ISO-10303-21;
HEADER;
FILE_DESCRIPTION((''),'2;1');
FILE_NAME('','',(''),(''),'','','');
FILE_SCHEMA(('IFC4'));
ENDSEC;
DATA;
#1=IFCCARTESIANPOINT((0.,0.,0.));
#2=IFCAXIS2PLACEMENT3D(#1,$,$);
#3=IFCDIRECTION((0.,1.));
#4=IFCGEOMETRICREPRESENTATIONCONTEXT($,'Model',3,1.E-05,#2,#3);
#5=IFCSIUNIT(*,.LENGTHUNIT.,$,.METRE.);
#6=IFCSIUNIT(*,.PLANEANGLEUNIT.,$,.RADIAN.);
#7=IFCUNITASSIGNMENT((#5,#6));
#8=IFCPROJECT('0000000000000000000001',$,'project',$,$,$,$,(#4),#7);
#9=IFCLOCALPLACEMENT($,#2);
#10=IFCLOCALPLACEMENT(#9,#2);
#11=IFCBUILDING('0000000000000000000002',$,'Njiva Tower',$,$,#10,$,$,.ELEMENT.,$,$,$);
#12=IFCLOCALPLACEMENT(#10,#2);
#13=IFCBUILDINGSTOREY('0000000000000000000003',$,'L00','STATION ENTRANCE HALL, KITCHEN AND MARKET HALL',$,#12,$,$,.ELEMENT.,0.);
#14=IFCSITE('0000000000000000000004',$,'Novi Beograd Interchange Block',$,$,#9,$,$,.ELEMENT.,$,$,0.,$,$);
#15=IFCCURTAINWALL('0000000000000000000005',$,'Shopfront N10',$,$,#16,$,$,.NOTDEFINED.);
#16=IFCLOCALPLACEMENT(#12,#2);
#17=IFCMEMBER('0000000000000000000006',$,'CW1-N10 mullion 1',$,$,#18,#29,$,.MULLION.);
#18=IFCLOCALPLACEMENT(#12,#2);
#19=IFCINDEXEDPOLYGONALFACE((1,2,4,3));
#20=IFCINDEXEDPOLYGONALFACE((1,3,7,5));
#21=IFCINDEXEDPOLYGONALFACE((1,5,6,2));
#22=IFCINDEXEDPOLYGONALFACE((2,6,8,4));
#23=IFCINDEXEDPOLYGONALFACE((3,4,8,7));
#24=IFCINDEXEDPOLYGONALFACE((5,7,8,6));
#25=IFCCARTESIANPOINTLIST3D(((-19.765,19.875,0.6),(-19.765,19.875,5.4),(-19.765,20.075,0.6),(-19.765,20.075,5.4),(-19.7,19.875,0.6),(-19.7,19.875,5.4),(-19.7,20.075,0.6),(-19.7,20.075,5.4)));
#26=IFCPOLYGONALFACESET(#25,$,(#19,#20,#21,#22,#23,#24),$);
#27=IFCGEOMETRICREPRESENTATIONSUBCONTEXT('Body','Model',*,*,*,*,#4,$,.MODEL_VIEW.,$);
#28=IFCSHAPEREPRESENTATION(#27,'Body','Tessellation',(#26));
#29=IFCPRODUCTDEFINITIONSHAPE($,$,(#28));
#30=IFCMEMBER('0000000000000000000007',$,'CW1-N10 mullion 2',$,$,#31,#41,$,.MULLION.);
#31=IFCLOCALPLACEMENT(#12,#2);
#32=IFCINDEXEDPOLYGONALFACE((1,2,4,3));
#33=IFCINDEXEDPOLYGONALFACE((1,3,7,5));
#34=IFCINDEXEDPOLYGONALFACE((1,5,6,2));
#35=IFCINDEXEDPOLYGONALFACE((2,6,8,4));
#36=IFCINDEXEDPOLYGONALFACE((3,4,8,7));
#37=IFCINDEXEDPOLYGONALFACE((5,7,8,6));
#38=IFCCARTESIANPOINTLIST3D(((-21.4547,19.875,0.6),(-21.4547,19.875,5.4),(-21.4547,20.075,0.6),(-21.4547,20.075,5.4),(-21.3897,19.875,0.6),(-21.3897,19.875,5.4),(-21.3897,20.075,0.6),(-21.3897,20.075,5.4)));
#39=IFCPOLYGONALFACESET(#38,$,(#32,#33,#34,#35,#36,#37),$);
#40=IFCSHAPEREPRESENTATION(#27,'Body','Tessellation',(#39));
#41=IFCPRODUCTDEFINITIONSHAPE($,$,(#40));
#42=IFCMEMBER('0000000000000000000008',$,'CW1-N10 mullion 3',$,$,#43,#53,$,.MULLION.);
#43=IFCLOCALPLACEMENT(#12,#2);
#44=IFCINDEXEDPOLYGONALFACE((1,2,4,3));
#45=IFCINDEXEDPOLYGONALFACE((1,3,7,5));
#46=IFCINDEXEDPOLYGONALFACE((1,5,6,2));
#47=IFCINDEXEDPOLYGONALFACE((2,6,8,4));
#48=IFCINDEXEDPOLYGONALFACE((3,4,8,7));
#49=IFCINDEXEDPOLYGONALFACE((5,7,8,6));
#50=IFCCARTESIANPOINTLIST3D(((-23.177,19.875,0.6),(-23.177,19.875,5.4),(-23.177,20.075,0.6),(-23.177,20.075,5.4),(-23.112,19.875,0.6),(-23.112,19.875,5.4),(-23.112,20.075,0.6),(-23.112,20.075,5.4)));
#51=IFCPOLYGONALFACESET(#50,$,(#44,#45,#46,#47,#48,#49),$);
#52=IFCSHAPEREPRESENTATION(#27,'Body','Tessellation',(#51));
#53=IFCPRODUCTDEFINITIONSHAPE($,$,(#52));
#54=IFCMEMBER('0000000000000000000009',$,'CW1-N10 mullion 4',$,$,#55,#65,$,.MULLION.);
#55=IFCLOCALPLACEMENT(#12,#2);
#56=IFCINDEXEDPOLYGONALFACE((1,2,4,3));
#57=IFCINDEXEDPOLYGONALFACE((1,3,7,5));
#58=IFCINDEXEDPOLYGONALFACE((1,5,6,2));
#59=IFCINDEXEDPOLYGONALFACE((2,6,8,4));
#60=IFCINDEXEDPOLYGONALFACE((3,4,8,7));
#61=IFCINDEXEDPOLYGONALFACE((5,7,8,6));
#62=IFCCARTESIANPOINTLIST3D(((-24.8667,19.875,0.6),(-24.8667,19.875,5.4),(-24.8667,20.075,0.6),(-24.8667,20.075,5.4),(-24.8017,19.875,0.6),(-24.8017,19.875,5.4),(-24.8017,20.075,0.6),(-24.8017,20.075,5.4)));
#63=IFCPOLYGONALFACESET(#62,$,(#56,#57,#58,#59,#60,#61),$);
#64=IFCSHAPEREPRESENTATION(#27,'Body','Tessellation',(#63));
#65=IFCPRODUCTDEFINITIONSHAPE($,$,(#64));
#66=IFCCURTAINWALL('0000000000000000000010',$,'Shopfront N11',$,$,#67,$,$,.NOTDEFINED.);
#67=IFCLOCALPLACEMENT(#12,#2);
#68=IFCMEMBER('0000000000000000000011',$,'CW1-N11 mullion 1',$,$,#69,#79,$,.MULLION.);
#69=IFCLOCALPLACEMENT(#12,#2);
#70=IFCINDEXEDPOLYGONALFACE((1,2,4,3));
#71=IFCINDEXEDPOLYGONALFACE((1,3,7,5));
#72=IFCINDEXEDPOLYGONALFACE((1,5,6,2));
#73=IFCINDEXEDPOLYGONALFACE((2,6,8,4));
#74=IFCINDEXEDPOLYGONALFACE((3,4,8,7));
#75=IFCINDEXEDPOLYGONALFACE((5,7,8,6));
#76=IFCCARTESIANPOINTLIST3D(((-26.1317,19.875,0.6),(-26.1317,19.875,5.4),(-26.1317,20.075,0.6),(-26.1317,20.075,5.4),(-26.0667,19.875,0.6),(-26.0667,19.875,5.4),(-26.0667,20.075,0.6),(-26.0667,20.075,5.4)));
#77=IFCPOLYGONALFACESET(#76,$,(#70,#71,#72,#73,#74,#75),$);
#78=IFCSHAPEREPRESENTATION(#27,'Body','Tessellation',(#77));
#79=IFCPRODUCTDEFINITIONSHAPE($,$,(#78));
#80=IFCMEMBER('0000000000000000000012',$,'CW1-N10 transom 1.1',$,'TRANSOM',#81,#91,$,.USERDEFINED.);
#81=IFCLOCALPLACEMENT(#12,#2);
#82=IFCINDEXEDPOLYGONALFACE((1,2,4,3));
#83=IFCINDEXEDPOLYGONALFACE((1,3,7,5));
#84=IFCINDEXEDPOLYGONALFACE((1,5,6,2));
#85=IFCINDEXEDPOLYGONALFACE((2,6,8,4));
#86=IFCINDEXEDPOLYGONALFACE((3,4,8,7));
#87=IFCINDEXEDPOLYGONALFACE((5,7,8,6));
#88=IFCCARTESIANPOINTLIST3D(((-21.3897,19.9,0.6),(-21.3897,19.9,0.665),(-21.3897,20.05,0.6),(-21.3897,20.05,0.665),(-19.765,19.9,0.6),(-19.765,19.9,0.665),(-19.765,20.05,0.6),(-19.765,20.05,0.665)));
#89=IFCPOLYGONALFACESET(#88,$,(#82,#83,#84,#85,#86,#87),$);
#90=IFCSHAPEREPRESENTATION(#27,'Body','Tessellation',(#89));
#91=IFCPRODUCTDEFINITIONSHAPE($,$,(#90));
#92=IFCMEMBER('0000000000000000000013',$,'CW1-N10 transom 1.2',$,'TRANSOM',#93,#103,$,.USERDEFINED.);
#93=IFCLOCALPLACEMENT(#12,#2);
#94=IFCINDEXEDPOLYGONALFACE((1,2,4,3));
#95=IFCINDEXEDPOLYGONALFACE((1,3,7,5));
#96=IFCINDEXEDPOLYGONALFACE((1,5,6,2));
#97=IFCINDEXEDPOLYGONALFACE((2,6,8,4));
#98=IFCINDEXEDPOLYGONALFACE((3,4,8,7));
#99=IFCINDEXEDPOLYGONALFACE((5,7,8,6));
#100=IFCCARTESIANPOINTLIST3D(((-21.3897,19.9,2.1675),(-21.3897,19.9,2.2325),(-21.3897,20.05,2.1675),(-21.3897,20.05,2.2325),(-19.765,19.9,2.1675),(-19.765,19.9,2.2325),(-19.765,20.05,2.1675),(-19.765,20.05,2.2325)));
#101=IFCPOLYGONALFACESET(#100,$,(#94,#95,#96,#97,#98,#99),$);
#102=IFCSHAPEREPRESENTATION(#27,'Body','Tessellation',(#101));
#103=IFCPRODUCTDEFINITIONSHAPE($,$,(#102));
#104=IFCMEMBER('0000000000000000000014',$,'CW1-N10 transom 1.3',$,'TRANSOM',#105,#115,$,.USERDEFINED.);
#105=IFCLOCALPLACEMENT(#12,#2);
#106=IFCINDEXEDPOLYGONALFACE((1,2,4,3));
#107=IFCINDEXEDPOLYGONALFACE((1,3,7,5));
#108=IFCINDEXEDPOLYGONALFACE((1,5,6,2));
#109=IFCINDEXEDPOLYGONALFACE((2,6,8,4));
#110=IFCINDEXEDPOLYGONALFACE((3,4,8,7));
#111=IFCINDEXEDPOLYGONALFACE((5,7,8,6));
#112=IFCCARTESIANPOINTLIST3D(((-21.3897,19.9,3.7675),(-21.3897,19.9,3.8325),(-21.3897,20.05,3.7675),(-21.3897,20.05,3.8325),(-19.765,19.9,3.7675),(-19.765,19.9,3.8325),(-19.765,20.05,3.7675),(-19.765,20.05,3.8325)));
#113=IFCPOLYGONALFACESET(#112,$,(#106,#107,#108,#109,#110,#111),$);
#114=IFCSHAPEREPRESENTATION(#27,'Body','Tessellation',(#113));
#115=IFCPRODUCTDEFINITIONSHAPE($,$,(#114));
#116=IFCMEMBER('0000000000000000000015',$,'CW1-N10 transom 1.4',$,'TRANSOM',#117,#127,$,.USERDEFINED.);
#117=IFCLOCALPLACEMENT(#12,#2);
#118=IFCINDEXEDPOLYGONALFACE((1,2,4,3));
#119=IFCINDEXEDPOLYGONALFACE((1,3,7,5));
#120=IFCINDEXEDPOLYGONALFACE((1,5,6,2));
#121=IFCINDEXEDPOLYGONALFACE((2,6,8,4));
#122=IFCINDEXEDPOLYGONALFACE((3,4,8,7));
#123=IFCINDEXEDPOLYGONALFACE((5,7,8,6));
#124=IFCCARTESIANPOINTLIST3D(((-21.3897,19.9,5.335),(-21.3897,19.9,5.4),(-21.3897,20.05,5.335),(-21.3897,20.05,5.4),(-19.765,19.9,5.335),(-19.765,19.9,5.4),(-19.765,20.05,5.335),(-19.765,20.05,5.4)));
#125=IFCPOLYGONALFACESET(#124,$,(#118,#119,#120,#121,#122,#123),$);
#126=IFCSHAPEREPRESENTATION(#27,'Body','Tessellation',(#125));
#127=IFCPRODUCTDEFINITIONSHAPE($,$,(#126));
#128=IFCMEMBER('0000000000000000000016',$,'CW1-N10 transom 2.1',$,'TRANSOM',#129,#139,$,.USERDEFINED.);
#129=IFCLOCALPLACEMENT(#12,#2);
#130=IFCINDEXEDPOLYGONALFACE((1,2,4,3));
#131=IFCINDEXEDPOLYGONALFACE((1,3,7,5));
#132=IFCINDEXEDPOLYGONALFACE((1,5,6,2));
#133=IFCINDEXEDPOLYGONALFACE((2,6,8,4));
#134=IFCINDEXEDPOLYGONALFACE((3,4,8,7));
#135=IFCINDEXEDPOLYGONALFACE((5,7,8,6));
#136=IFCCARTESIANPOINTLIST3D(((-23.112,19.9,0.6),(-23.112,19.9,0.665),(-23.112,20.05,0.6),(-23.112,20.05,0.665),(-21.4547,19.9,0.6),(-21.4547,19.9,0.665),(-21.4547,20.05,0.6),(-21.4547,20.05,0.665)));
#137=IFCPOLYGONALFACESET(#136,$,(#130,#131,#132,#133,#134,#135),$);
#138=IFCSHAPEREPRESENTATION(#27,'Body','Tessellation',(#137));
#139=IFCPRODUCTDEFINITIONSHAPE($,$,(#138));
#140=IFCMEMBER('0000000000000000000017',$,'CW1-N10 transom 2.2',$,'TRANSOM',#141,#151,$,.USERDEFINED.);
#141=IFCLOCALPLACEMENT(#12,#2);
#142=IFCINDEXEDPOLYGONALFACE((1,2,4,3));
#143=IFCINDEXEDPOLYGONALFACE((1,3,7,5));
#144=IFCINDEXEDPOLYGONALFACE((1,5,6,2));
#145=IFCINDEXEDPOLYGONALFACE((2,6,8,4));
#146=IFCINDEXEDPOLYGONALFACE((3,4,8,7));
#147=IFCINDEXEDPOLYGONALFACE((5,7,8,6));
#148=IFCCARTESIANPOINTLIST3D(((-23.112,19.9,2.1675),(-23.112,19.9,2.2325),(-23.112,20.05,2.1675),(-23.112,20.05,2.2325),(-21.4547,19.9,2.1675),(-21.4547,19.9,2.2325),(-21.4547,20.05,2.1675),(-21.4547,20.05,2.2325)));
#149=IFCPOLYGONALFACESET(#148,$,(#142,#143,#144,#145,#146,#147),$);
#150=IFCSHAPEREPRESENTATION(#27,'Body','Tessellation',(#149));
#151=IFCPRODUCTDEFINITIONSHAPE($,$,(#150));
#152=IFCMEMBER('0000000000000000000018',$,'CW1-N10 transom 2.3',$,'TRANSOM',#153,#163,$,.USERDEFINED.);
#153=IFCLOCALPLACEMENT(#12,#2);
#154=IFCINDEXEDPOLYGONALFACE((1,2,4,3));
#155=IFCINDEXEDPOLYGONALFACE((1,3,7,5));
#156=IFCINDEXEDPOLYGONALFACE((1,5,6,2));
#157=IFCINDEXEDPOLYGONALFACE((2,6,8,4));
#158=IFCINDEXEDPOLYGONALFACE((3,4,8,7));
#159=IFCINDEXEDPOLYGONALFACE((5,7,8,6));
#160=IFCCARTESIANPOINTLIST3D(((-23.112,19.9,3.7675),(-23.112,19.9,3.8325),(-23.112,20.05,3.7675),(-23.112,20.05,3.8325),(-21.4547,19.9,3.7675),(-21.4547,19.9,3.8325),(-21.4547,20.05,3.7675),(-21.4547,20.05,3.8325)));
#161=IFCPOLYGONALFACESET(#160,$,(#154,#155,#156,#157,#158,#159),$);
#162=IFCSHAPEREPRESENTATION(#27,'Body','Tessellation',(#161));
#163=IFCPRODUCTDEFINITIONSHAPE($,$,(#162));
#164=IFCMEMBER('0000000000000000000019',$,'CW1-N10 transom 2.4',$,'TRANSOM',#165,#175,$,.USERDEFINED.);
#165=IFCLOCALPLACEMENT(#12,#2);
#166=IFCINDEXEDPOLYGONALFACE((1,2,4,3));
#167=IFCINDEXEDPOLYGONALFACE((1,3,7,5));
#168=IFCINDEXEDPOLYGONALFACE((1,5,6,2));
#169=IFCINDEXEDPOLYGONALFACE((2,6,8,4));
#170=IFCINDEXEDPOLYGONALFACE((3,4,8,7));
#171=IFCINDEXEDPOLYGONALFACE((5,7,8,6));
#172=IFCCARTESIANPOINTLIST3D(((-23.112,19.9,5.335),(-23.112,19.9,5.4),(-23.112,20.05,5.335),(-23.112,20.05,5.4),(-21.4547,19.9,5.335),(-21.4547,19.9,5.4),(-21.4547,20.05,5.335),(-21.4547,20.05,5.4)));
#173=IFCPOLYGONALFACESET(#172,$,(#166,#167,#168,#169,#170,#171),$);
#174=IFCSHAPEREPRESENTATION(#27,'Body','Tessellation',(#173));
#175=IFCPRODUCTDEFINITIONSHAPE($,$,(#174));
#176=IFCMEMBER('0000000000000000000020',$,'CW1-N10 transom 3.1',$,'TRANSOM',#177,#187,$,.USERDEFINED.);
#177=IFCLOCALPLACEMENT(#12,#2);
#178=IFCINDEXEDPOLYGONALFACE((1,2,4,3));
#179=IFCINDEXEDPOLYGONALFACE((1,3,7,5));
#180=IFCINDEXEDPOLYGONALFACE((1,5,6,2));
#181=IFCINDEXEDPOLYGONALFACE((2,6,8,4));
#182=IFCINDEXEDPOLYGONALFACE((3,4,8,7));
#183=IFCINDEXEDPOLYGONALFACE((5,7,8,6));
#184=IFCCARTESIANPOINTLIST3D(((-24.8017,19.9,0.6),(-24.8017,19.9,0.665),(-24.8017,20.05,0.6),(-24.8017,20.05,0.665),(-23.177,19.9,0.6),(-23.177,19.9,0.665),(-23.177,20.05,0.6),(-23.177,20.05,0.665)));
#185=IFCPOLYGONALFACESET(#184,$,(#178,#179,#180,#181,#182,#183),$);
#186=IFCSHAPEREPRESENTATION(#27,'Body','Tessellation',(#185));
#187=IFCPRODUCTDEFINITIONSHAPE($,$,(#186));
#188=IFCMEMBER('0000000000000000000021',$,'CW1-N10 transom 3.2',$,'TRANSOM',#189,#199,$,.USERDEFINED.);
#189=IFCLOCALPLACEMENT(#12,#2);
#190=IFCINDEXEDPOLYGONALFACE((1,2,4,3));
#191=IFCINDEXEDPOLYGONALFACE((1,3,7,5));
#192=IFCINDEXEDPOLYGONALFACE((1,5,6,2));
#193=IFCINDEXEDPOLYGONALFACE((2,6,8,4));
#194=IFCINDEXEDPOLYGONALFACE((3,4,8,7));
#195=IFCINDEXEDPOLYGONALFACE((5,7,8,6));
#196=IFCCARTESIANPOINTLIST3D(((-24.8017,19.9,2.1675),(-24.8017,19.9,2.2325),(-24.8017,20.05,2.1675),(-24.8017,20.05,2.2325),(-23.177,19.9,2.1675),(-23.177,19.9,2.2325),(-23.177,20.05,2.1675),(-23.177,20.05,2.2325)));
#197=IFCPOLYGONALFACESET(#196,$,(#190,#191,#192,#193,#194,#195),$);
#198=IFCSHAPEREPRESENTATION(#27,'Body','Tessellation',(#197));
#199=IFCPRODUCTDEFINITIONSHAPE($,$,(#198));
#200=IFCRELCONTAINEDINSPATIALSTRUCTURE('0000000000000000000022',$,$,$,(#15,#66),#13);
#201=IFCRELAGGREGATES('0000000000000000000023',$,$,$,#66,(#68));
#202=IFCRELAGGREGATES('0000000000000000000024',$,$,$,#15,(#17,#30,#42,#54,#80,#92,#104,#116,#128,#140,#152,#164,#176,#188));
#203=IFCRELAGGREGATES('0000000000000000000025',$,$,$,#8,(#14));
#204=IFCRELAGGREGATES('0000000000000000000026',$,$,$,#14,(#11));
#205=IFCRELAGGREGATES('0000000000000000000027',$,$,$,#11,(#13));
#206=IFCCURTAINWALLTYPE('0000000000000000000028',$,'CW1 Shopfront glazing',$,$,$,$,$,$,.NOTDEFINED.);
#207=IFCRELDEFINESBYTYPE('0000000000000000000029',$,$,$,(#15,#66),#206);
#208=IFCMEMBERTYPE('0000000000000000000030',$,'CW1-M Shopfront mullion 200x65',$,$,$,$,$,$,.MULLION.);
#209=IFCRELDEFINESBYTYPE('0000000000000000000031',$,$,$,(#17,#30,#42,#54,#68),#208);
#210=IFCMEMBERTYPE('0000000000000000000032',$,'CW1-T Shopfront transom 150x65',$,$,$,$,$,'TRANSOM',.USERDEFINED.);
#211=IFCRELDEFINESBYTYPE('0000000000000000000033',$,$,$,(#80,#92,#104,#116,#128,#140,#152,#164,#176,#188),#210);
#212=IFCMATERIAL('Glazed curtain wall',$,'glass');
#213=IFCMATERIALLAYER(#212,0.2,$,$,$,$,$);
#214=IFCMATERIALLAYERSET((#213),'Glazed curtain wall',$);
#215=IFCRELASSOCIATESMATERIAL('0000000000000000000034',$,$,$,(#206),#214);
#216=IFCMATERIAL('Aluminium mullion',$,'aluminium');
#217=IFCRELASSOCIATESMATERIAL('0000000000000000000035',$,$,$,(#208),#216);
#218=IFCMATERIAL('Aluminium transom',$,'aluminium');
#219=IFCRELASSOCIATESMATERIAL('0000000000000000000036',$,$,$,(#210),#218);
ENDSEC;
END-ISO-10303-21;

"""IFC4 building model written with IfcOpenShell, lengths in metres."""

from ifc_helpers import new_model, si_unit, direction, frame, origin, origin_2d, place, context, subcontext, project, spatial, rectangle, extrude, material, layer, layer_set, material_profile, profile_set, type_object, element, aggregate, save


model = new_model("IFC4")

# Units and contexts
model_context = context("Model", 3, precision=1e-05, world=origin(), true_north=direction((0.0, 1.0)))
body_context = subcontext(model_context, "Body", "Model", "MODEL_VIEW")
ifc_project = project(units=[si_unit("LENGTHUNIT", "METRE"), si_unit("PLANEANGLEUNIT", "RADIAN")], contexts=[model_context])

# Site, building, storey
site_placement = place(None, origin())
site = spatial("IfcSite", under=ifc_project, at=site_placement, Name="Novi Beograd Interchange Block", CompositionType="ELEMENT", RefElevation=0.0)
building_placement = place(site_placement, origin())
building = spatial("IfcBuilding", under=site, at=building_placement, Name="Njiva Tower", CompositionType="ELEMENT")
storey_placement = place(building_placement, origin())
storey = spatial("IfcBuildingStorey", under=building, at=storey_placement, Name="L00", Description="STATION ENTRANCE HALL, KITCHEN AND MARKET HALL", CompositionType="ELEMENT", Elevation=0.0)

# Curtain wall, members
ifc_material_1 = material(Name="Glazed curtain wall", Category="glass")
ifc_layer_1 = layer(ifc_material_1, 0.2)
ifc_layer_set_1 = layer_set([ifc_layer_1], Name="Glazed curtain wall")
curtain_wall_type = type_object("IfcCurtainWallType", Name="CW1 Shopfront glazing", PredefinedType="NOTDEFINED", material=ifc_layer_set_1)
curtain_wall_1_placement = place(storey_placement, origin())
curtain_wall_1 = element("IfcCurtainWall", 1, at=curtain_wall_1_placement, inside=storey, type_object=curtain_wall_type, Name="Shopfront N10", PredefinedType="NOTDEFINED")
ifc_material_2 = material(Name="Aluminium mullion", Category="aluminium")
ifc_material_profile_1 = material_profile(ifc_material_2, rectangle(XDim=0.2, YDim=0.065, at=origin_2d()), Name="RECT 200x65")
ifc_profile_set_1 = profile_set([ifc_material_profile_1], Name="Aluminium mullion")
member_type_1 = type_object("IfcMemberType", Name="CW1-M Shopfront mullion 200x65", PredefinedType="MULLION", material=ifc_profile_set_1)
member_1_placement = place(storey_placement, frame((-19.7325, 19.975, 0.6), z_axis=(0.0, 0.0, 1.0), x_axis=(0.0, -1.0, 0.0)))
member_1 = element("IfcMember", 2, at=member_1_placement, type_object=member_type_1, Name="CW1-N10 mullion 1", PredefinedType="MULLION", context=body_context, shape_type="SweptSolid", body=[
    extrude(rectangle(XDim=0.2, YDim=0.065, at=origin_2d()), origin(), (0.0, 0.0, 1.0), 4.8),
])
member_2_placement = place(storey_placement, frame((-21.4222, 19.975, 0.6), z_axis=(0.0, 0.0, 1.0), x_axis=(0.0, -1.0, 0.0)))
member_2 = element("IfcMember", 3, at=member_2_placement, type_object=member_type_1, Name="CW1-N10 mullion 2", PredefinedType="MULLION", context=body_context, shape_type="SweptSolid", body=[
    extrude(rectangle(XDim=0.2, YDim=0.065, at=origin_2d()), origin(), (0.0, 0.0, 1.0), 4.8),
])
member_3_placement = place(storey_placement, frame((-23.1445, 19.975, 0.6), z_axis=(0.0, 0.0, 1.0), x_axis=(0.0, -1.0, 0.0)))
member_3 = element("IfcMember", 4, at=member_3_placement, type_object=member_type_1, Name="CW1-N10 mullion 3", PredefinedType="MULLION", context=body_context, shape_type="SweptSolid", body=[
    extrude(rectangle(XDim=0.2, YDim=0.065, at=origin_2d()), origin(), (0.0, 0.0, 1.0), 4.8),
])
member_4_placement = place(storey_placement, frame((-24.8342, 19.975, 0.6), z_axis=(0.0, 0.0, 1.0), x_axis=(0.0, -1.0, 0.0)))
member_4 = element("IfcMember", 5, at=member_4_placement, type_object=member_type_1, Name="CW1-N10 mullion 4", PredefinedType="MULLION", context=body_context, shape_type="SweptSolid", body=[
    extrude(rectangle(XDim=0.2, YDim=0.065, at=origin_2d()), origin(), (0.0, 0.0, 1.0), 4.8),
])

# Curtain wall, member
curtain_wall_2_placement = place(storey_placement, origin())
curtain_wall_2 = element("IfcCurtainWall", 6, at=curtain_wall_2_placement, inside=storey, type_object=curtain_wall_type, Name="Shopfront N11", PredefinedType="NOTDEFINED")
member_5_placement = place(storey_placement, frame((-26.0992, 19.975, 0.6), z_axis=(0.0, 0.0, 1.0), x_axis=(0.0, -1.0, 0.0)))
member_5 = element("IfcMember", 7, at=member_5_placement, type_object=member_type_1, Name="CW1-N11 mullion 1", PredefinedType="MULLION", context=body_context, shape_type="SweptSolid", body=[
    extrude(rectangle(XDim=0.2, YDim=0.065, at=origin_2d()), origin(), (0.0, 0.0, 1.0), 4.8),
])

# Members
ifc_material_3 = material(Name="Aluminium transom", Category="aluminium")
ifc_material_profile_2 = material_profile(ifc_material_3, rectangle(XDim=0.15, YDim=0.065, at=origin_2d()), Name="RECT 150x65")
ifc_profile_set_2 = profile_set([ifc_material_profile_2], Name="Aluminium transom")
member_type_2 = type_object("IfcMemberType", Name="CW1-T Shopfront transom 150x65", ElementType="TRANSOM", PredefinedType="USERDEFINED", material=ifc_profile_set_2)
member_6_placement = place(storey_placement, frame((-19.765, 19.975, 0.6325), z_axis=(-1.0, 0.0, 0.0), x_axis=(0.0, -1.0, 0.0)))
member_6 = element("IfcMember", 8, at=member_6_placement, type_object=member_type_2, Name="CW1-N10 transom 1.1", ObjectType="TRANSOM", PredefinedType="USERDEFINED", context=body_context, shape_type="SweptSolid", body=[
    extrude(rectangle(XDim=0.15, YDim=0.065, at=origin_2d()), origin(), (0.0, 0.0, 1.0), 1.6247),
])
member_7_placement = place(storey_placement, frame((-19.765, 19.975, 2.2), z_axis=(-1.0, 0.0, 0.0), x_axis=(0.0, -1.0, 0.0)))
member_7 = element("IfcMember", 9, at=member_7_placement, type_object=member_type_2, Name="CW1-N10 transom 1.2", ObjectType="TRANSOM", PredefinedType="USERDEFINED", context=body_context, shape_type="SweptSolid", body=[
    extrude(rectangle(XDim=0.15, YDim=0.065, at=origin_2d()), origin(), (0.0, 0.0, 1.0), 1.6247),
])
member_8_placement = place(storey_placement, frame((-19.765, 19.975, 3.8), z_axis=(-1.0, 0.0, 0.0), x_axis=(0.0, -1.0, 0.0)))
member_8 = element("IfcMember", 10, at=member_8_placement, type_object=member_type_2, Name="CW1-N10 transom 1.3", ObjectType="TRANSOM", PredefinedType="USERDEFINED", context=body_context, shape_type="SweptSolid", body=[
    extrude(rectangle(XDim=0.15, YDim=0.065, at=origin_2d()), origin(), (0.0, 0.0, 1.0), 1.6247),
])
member_9_placement = place(storey_placement, frame((-19.765, 19.975, 5.3675), z_axis=(-1.0, 0.0, 0.0), x_axis=(0.0, -1.0, 0.0)))
member_9 = element("IfcMember", 11, at=member_9_placement, type_object=member_type_2, Name="CW1-N10 transom 1.4", ObjectType="TRANSOM", PredefinedType="USERDEFINED", context=body_context, shape_type="SweptSolid", body=[
    extrude(rectangle(XDim=0.15, YDim=0.065, at=origin_2d()), origin(), (0.0, 0.0, 1.0), 1.6247),
])
member_10_placement = place(storey_placement, frame((-21.4547, 19.975, 0.6325), z_axis=(-1.0, 0.0, 0.0), x_axis=(0.0, -1.0, 0.0)))
member_10 = element("IfcMember", 12, at=member_10_placement, type_object=member_type_2, Name="CW1-N10 transom 2.1", ObjectType="TRANSOM", PredefinedType="USERDEFINED", context=body_context, shape_type="SweptSolid", body=[
    extrude(rectangle(XDim=0.15, YDim=0.065, at=origin_2d()), origin(), (0.0, 0.0, 1.0), 1.6573),
])
member_11_placement = place(storey_placement, frame((-21.4547, 19.975, 2.2), z_axis=(-1.0, 0.0, 0.0), x_axis=(0.0, -1.0, 0.0)))
member_11 = element("IfcMember", 13, at=member_11_placement, type_object=member_type_2, Name="CW1-N10 transom 2.2", ObjectType="TRANSOM", PredefinedType="USERDEFINED", context=body_context, shape_type="SweptSolid", body=[
    extrude(rectangle(XDim=0.15, YDim=0.065, at=origin_2d()), origin(), (0.0, 0.0, 1.0), 1.6573),
])
member_12_placement = place(storey_placement, frame((-21.4547, 19.975, 3.8), z_axis=(-1.0, 0.0, 0.0), x_axis=(0.0, -1.0, 0.0)))
member_12 = element("IfcMember", 14, at=member_12_placement, type_object=member_type_2, Name="CW1-N10 transom 2.3", ObjectType="TRANSOM", PredefinedType="USERDEFINED", context=body_context, shape_type="SweptSolid", body=[
    extrude(rectangle(XDim=0.15, YDim=0.065, at=origin_2d()), origin(), (0.0, 0.0, 1.0), 1.6573),
])
member_13_placement = place(storey_placement, frame((-21.4547, 19.975, 5.3675), z_axis=(-1.0, 0.0, 0.0), x_axis=(0.0, -1.0, 0.0)))
member_13 = element("IfcMember", 15, at=member_13_placement, type_object=member_type_2, Name="CW1-N10 transom 2.4", ObjectType="TRANSOM", PredefinedType="USERDEFINED", context=body_context, shape_type="SweptSolid", body=[
    extrude(rectangle(XDim=0.15, YDim=0.065, at=origin_2d()), origin(), (0.0, 0.0, 1.0), 1.6573),
])
member_14_placement = place(storey_placement, frame((-23.177, 19.975, 0.6325), z_axis=(-1.0, 0.0, 0.0), x_axis=(0.0, -1.0, 0.0)))
member_14 = element("IfcMember", 16, at=member_14_placement, type_object=member_type_2, Name="CW1-N10 transom 3.1", ObjectType="TRANSOM", PredefinedType="USERDEFINED", context=body_context, shape_type="SweptSolid", body=[
    extrude(rectangle(XDim=0.15, YDim=0.065, at=origin_2d()), origin(), (0.0, 0.0, 1.0), 1.6247),
])
member_15_placement = place(storey_placement, frame((-23.177, 19.975, 2.2), z_axis=(-1.0, 0.0, 0.0), x_axis=(0.0, -1.0, 0.0)))
member_15 = element("IfcMember", 17, at=member_15_placement, type_object=member_type_2, Name="CW1-N10 transom 3.2", ObjectType="TRANSOM", PredefinedType="USERDEFINED", context=body_context, shape_type="SweptSolid", body=[
    extrude(rectangle(XDim=0.15, YDim=0.065, at=origin_2d()), origin(), (0.0, 0.0, 1.0), 1.6247),
])
aggregate(curtain_wall_2, [member_5])

aggregate(curtain_wall_1, [member_1, member_2, member_3, member_4, member_6, member_7, member_8, member_9, member_10, member_11, member_12, member_13, member_14, member_15])

save(model, "model.ifc")
